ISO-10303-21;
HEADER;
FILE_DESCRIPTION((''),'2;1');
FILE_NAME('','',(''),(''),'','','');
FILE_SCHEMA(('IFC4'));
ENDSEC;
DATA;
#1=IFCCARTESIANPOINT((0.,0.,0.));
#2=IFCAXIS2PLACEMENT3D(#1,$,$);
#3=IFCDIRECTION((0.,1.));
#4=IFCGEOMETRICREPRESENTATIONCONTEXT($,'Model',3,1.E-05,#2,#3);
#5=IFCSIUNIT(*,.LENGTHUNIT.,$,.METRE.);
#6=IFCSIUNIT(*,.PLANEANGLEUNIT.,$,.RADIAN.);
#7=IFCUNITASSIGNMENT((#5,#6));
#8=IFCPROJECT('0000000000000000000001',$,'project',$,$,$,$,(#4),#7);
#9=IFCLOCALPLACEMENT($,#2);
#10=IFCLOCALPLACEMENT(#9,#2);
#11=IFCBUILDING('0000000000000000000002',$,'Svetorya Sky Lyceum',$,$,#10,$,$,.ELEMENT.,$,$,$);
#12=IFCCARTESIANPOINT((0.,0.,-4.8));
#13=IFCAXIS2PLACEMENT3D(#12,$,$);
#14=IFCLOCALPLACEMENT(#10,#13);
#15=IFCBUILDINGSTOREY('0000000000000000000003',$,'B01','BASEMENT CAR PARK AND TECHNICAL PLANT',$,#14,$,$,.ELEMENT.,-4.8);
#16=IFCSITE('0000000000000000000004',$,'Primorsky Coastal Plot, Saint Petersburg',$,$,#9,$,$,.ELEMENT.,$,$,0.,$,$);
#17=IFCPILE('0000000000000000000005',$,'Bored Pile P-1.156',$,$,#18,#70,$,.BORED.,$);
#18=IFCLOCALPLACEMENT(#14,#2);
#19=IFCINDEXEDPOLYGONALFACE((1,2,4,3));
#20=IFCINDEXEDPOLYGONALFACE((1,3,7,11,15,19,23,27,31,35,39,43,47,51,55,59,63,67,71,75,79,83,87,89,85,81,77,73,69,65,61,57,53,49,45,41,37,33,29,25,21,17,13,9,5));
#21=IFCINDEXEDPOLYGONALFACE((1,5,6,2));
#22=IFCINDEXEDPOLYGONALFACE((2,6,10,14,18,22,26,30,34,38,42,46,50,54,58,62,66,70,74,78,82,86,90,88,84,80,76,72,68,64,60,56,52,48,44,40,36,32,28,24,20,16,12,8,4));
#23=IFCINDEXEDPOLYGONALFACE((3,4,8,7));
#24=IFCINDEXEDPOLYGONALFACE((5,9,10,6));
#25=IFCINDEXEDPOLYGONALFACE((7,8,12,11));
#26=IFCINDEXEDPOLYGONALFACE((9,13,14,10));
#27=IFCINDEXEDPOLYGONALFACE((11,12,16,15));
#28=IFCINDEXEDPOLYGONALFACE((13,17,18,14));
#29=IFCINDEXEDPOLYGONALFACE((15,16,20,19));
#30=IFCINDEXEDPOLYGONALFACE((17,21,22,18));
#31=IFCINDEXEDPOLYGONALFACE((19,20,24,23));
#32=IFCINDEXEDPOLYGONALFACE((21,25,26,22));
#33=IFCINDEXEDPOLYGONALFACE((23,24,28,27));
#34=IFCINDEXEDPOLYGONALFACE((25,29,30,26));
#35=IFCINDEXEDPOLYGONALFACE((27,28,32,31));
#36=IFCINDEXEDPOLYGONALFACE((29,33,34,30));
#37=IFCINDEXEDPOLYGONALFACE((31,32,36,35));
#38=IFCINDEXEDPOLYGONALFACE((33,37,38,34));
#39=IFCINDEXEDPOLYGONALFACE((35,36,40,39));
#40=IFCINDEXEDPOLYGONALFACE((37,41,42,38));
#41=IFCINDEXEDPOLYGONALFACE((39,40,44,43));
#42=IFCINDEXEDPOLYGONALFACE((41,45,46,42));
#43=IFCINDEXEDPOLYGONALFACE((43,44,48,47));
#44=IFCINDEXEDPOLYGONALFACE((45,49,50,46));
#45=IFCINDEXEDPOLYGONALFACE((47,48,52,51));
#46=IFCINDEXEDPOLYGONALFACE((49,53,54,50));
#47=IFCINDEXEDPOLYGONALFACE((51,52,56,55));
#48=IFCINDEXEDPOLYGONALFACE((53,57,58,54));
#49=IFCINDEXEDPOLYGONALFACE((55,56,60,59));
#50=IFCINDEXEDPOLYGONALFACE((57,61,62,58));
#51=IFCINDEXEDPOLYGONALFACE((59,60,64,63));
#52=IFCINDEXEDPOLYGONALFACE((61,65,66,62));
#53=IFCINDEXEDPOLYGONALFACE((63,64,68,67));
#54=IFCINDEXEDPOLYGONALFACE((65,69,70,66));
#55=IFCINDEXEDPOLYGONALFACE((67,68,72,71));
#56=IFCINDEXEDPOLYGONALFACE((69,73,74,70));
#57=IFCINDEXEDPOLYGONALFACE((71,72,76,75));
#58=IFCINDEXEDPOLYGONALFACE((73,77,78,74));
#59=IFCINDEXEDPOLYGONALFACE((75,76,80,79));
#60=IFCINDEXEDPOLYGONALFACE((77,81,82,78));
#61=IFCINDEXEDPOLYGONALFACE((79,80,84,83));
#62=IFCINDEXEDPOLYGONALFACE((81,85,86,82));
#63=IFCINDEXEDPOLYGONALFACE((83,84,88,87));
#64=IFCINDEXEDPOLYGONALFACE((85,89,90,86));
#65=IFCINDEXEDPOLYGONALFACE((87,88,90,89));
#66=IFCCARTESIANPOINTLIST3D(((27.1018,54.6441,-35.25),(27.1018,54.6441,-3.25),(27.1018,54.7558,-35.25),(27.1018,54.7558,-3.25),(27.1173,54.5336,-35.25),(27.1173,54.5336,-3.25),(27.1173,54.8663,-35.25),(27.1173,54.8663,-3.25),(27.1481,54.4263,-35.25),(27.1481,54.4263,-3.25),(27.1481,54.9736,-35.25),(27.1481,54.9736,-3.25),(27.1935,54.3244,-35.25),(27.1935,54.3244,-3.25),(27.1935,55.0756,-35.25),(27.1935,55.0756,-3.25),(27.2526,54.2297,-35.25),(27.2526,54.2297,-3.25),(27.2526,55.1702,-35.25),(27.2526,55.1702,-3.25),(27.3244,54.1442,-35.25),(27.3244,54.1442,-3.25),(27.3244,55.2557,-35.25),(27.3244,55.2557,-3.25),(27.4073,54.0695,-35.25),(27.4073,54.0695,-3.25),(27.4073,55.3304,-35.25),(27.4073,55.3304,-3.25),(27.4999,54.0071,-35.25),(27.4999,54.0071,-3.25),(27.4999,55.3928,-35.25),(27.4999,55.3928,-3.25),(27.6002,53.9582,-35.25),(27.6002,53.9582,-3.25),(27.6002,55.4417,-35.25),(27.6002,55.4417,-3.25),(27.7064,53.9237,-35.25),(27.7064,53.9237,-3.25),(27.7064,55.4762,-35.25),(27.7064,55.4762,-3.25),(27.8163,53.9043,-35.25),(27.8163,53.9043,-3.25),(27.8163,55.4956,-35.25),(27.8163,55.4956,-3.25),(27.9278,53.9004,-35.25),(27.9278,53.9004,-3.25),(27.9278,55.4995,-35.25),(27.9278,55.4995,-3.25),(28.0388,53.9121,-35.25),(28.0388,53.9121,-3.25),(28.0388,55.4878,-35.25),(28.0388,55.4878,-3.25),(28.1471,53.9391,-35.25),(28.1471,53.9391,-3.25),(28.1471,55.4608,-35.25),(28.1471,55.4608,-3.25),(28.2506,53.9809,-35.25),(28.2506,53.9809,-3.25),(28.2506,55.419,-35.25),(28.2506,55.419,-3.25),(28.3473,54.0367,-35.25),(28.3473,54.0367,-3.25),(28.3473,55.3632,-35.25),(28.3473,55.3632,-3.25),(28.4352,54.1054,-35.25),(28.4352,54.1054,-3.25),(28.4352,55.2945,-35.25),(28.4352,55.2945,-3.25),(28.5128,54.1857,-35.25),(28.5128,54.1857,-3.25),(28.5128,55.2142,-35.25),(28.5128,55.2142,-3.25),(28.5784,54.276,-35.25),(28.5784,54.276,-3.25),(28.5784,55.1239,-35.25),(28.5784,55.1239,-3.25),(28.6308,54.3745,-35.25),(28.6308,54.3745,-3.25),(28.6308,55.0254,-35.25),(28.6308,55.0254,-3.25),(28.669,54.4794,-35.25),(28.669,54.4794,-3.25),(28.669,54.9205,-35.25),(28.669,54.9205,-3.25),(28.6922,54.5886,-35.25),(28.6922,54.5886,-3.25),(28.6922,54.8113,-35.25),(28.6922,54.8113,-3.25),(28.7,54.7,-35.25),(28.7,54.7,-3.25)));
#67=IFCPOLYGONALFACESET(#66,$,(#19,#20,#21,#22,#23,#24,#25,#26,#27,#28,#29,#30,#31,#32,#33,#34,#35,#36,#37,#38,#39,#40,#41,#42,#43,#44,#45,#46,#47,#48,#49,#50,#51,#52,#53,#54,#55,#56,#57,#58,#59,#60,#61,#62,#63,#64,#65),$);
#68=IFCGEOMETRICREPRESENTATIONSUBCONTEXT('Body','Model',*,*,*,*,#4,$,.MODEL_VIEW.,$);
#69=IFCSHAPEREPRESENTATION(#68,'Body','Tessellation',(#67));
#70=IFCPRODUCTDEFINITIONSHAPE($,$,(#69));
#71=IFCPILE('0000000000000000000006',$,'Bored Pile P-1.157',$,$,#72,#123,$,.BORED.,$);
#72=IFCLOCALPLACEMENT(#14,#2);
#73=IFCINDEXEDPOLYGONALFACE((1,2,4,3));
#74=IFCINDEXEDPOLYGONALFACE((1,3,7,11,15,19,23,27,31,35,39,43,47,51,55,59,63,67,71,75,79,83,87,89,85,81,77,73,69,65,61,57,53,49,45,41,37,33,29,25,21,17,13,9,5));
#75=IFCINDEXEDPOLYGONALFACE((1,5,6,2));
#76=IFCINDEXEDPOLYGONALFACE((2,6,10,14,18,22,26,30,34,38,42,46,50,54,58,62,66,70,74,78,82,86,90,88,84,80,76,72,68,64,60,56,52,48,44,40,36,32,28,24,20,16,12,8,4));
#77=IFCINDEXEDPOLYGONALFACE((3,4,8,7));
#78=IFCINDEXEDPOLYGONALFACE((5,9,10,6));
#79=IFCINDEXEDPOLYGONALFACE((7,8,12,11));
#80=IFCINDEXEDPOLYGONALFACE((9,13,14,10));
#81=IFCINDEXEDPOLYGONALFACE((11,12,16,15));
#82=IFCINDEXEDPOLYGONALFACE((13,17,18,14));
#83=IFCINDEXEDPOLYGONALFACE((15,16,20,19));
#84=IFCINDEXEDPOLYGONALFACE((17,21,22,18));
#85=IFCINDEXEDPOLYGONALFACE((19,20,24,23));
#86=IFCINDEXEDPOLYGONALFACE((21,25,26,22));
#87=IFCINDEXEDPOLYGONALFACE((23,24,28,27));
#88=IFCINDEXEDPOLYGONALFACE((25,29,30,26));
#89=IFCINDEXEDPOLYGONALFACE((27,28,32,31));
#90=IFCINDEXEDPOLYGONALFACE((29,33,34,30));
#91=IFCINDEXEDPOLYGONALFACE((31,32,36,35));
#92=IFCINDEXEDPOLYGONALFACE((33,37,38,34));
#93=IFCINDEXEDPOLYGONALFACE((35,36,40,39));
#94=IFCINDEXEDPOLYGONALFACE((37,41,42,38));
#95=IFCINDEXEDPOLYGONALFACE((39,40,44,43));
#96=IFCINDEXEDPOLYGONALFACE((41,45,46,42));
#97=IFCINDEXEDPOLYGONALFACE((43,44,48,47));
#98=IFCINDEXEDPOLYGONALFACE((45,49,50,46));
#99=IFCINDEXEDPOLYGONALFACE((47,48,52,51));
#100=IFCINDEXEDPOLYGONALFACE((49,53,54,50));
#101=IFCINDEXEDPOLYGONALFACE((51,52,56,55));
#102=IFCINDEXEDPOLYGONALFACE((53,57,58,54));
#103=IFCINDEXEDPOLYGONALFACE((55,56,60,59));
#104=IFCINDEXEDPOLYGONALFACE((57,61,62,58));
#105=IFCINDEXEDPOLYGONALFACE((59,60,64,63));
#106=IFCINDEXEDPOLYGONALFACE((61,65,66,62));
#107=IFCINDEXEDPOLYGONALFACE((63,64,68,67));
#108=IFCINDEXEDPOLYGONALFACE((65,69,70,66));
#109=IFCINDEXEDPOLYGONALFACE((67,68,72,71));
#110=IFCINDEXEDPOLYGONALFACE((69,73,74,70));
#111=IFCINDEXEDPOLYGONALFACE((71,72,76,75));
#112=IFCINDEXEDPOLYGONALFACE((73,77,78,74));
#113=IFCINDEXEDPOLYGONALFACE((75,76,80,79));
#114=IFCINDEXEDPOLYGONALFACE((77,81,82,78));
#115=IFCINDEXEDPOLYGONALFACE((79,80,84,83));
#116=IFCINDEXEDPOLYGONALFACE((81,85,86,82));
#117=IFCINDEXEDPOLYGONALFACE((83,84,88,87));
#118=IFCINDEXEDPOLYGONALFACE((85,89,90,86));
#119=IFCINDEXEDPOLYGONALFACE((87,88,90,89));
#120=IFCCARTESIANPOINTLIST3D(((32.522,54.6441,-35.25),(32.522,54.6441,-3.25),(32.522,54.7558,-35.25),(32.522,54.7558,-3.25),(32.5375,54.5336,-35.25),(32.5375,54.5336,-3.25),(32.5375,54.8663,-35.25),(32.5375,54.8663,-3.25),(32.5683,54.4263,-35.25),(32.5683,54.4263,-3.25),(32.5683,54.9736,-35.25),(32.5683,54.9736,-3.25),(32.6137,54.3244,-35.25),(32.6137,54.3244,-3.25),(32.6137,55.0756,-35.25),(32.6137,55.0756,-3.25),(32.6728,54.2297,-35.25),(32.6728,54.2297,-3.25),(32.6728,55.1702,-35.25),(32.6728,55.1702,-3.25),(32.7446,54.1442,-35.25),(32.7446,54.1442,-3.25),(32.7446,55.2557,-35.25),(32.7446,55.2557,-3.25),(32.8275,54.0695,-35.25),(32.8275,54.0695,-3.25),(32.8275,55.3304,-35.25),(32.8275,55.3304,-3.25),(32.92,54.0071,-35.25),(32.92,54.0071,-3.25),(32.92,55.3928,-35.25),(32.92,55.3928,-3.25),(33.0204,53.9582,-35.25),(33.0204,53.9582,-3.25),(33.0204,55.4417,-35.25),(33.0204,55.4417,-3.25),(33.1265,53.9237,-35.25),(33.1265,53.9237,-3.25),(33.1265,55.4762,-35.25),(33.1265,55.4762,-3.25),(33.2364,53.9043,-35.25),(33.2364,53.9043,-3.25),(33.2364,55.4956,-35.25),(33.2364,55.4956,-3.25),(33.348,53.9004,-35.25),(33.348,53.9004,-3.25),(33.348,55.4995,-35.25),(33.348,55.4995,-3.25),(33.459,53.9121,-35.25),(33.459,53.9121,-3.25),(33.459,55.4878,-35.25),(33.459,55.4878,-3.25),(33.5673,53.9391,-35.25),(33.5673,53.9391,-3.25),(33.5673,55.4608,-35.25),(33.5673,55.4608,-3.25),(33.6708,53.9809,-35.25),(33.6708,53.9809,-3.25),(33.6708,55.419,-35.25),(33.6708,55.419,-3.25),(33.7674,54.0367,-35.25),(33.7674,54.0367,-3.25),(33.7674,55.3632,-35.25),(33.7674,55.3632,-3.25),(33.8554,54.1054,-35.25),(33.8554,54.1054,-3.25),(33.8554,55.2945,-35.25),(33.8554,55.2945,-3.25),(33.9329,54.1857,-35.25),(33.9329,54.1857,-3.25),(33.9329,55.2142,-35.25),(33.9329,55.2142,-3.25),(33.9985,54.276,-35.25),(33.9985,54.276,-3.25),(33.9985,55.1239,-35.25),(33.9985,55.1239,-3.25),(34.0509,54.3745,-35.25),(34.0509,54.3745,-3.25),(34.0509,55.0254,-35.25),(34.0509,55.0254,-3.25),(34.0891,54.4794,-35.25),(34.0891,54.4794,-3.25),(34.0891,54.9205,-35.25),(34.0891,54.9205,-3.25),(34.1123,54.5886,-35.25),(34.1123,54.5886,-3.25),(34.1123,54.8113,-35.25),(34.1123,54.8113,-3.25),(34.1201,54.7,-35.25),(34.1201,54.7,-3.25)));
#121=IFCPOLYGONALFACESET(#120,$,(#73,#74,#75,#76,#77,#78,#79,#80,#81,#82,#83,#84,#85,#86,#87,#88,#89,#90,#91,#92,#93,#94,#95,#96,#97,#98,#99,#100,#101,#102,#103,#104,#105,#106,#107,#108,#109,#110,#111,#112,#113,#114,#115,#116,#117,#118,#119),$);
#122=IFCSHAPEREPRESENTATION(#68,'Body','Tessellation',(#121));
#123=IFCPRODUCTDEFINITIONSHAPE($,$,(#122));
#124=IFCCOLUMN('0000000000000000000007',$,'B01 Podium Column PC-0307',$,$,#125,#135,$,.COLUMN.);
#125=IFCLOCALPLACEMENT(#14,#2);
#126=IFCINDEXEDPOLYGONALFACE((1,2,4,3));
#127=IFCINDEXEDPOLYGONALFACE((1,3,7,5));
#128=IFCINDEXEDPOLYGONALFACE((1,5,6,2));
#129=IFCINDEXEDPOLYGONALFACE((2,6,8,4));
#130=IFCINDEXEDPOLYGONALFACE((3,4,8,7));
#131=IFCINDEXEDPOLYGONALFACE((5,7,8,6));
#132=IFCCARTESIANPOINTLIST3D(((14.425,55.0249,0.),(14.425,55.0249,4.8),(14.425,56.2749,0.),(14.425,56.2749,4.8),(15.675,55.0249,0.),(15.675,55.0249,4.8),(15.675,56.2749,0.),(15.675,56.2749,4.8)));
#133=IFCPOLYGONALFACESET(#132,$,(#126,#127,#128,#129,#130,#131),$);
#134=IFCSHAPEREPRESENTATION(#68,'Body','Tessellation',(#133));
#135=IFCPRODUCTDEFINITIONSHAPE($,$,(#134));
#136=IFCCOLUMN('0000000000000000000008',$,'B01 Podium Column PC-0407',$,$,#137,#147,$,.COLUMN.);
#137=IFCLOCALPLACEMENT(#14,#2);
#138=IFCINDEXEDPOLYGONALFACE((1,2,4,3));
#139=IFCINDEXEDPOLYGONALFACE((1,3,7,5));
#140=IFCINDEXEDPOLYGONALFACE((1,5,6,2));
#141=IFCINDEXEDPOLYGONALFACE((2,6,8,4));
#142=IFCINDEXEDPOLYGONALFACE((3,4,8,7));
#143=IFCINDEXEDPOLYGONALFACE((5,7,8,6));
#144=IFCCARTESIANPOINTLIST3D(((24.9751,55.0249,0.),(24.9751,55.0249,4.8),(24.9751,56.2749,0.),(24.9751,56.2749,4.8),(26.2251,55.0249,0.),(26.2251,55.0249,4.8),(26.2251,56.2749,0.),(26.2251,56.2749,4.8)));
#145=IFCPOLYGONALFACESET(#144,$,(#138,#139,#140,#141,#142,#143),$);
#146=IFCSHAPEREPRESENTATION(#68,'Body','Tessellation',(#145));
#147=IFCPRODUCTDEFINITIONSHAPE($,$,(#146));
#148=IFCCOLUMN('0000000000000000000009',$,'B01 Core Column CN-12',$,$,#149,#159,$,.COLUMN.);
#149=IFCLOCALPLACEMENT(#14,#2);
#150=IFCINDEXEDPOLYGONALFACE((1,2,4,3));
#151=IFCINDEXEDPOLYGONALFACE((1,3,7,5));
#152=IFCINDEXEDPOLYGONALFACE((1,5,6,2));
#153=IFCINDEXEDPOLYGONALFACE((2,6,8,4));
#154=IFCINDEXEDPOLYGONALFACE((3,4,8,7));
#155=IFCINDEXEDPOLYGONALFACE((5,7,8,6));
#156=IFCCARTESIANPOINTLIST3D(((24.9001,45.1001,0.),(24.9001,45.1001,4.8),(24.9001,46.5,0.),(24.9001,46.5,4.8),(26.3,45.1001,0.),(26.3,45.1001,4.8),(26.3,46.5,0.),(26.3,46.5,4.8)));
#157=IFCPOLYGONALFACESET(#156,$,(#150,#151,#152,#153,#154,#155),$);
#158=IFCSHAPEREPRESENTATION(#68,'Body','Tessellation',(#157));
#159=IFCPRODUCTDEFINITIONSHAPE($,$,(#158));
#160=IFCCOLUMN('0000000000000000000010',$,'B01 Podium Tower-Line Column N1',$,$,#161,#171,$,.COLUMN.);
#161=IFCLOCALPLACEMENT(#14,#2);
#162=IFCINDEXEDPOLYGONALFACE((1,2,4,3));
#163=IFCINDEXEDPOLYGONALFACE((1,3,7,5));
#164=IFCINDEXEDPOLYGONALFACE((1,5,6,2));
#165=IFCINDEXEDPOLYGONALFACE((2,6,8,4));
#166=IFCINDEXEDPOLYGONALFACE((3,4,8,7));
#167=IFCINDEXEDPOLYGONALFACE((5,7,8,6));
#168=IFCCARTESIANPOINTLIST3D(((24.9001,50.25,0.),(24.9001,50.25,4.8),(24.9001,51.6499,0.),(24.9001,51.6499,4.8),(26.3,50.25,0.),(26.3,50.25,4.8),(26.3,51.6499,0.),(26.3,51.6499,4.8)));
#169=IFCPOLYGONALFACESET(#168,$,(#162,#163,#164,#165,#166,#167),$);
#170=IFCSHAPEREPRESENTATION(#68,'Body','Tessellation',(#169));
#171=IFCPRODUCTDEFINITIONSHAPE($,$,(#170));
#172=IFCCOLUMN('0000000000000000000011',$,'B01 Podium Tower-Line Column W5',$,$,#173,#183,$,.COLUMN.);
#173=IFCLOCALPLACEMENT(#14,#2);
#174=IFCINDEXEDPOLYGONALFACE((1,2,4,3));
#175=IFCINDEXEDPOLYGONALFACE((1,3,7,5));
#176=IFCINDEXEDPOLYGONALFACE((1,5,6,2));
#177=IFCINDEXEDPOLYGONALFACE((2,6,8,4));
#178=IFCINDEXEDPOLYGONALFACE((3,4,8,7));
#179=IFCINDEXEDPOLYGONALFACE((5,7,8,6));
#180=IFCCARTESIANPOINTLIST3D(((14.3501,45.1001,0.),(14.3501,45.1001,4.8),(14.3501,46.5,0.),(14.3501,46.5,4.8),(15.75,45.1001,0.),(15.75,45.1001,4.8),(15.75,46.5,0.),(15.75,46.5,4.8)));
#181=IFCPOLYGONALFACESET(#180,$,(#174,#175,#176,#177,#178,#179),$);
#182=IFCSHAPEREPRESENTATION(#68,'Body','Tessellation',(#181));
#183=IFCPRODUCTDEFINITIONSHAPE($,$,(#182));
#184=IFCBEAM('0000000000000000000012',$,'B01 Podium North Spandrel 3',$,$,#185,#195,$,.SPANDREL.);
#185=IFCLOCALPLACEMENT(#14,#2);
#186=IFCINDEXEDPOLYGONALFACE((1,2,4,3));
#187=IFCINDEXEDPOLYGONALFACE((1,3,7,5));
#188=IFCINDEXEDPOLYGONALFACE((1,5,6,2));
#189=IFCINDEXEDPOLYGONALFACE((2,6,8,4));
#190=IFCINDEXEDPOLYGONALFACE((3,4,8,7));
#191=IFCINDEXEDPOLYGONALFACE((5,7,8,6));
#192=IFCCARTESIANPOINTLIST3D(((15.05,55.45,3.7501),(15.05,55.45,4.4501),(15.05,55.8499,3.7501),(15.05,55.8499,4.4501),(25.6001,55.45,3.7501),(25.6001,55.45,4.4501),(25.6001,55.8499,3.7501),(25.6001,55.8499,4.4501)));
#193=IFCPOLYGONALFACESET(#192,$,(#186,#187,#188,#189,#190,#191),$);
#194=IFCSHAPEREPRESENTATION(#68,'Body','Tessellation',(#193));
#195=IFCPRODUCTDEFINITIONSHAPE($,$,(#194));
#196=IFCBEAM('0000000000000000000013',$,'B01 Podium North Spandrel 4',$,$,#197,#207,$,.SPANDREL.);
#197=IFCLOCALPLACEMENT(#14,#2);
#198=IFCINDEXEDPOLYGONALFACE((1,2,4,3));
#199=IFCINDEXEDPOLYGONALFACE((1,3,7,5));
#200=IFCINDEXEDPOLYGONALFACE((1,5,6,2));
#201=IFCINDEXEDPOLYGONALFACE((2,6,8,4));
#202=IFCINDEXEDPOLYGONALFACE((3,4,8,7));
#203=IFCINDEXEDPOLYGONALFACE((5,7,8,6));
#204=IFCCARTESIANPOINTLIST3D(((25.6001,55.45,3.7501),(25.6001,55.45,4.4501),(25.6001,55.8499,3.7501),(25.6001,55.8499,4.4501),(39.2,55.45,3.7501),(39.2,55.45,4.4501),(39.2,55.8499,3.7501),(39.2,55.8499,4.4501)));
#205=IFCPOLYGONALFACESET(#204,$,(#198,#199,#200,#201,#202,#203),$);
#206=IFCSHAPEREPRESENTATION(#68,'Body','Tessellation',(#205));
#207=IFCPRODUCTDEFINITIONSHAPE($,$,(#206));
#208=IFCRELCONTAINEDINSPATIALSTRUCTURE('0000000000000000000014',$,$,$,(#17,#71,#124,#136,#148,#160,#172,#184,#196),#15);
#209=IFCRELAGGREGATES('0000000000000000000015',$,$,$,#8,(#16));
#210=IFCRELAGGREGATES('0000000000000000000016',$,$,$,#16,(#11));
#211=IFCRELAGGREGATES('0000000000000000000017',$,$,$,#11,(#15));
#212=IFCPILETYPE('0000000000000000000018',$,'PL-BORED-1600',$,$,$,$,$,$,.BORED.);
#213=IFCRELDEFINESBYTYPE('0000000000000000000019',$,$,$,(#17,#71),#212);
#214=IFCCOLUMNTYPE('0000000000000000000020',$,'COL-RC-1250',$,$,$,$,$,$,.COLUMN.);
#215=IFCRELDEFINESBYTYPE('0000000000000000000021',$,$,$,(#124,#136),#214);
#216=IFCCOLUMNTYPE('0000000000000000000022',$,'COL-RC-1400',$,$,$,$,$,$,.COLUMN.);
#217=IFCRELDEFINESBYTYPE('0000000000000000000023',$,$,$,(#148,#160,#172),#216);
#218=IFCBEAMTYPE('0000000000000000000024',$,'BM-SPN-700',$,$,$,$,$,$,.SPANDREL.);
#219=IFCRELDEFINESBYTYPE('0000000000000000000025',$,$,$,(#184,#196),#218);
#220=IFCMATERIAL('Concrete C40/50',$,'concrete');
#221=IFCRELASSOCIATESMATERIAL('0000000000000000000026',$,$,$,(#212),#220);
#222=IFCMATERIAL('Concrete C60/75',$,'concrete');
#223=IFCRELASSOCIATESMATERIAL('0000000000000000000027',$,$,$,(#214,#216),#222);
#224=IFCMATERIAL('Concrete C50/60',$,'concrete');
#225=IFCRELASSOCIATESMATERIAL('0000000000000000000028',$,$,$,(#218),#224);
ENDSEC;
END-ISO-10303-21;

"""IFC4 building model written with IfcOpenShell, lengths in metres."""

from ifc_helpers import new_model, si_unit, direction, frame, origin, origin_2d, place, context, subcontext, project, spatial, rectangle, circle, extrude, material, material_profile, profile_set, type_object, element, save


model = new_model("IFC4")

# Units and contexts
model_context = context("Model", 3, precision=1e-05, world=origin(), true_north=direction((0.0, 1.0)))
body_context = subcontext(model_context, "Body", "Model", "MODEL_VIEW")
ifc_project = project(units=[si_unit("LENGTHUNIT", "METRE"), si_unit("PLANEANGLEUNIT", "RADIAN")], contexts=[model_context])

# Site, building, storey
site_placement = place(None, origin())
site = spatial("IfcSite", under=ifc_project, at=site_placement, Name="Primorsky Coastal Plot, Saint Petersburg", CompositionType="ELEMENT", RefElevation=0.0)
building_placement = place(site_placement, origin())
building = spatial("IfcBuilding", under=site, at=building_placement, Name="Svetorya Sky Lyceum", CompositionType="ELEMENT")
storey_placement = place(building_placement, frame((0.0, 0.0, -4.8)))
storey = spatial("IfcBuildingStorey", under=building, at=storey_placement, Name="B01", Description="BASEMENT CAR PARK AND TECHNICAL PLANT", CompositionType="ELEMENT", Elevation=-4.8)

# Piles
ifc_material_1 = material(Name="Concrete C40/50", Category="concrete")
ifc_material_profile_1 = material_profile(ifc_material_1, circle(Radius=0.8, at=origin_2d()), Name="RC PILE D1600")
ifc_profile_set_1 = profile_set([ifc_material_profile_1], Name="Concrete C40/50")
pile_type = type_object("IfcPileType", Name="PL-BORED-1600", PredefinedType="BORED", material=ifc_profile_set_1)
for number, where, z_axis, x_axis, name in (
    (1, (27.8999, 54.7, -3.25), (0.0, 0.0, -1.0), (1.0, 0.0, 0.0), "Bored Pile P-1.156"),
    (2, (33.3201, 54.7, -3.25), (0.0, 0.0, -1.0), (1.0, 0.0, 0.0), "Bored Pile P-1.157"),
):
    element("IfcPile", number, at=place(storey_placement, frame(where, z_axis=z_axis, x_axis=x_axis)), inside=storey, type_object=pile_type, Name=name, PredefinedType="BORED", context=body_context, shape_type="SweptSolid", body=[
        extrude(circle(Radius=0.8, at=origin_2d()), origin(), (0.0, 0.0, 1.0), 32.0),
    ])

# Columns
ifc_material_2 = material(Name="Concrete C60/75", Category="concrete")
ifc_material_profile_2 = material_profile(ifc_material_2, rectangle(XDim=1.25, YDim=1.25, at=origin_2d()), Name="RC COL 1250x1250")
ifc_profile_set_2 = profile_set([ifc_material_profile_2], Name="Concrete C60/75")
column_type_1 = type_object("IfcColumnType", Name="COL-RC-1250", PredefinedType="COLUMN", material=ifc_profile_set_2)
for number, where, z_axis, x_axis, name in (
    (3, (15.05, 55.6499, 0.0), (0.0, 0.0, 1.0), (1.0, 0.0, 0.0), "B01 Podium Column PC-0307"),
    (4, (25.6001, 55.6499, 0.0), (0.0, 0.0, 1.0), (1.0, 0.0, 0.0), "B01 Podium Column PC-0407"),
):
    element("IfcColumn", number, at=place(storey_placement, frame(where, z_axis=z_axis, x_axis=x_axis)), inside=storey, type_object=column_type_1, Name=name, PredefinedType="COLUMN", context=body_context, shape_type="SweptSolid", body=[
        extrude(rectangle(XDim=1.25, YDim=1.25, at=origin_2d()), origin(), (0.0, 0.0, 1.0), 4.8),
    ])
ifc_material_profile_3 = material_profile(ifc_material_2, rectangle(XDim=1.3999, YDim=1.3999, at=origin_2d()), Name="RC COL 1400x1400")
ifc_profile_set_3 = profile_set([ifc_material_profile_3], Name="Concrete C60/75")
column_type_2 = type_object("IfcColumnType", Name="COL-RC-1400", PredefinedType="COLUMN", material=ifc_profile_set_3)
for number, where, z_axis, x_axis, name in (
    (5, (25.6001, 45.8, 0.0), (0.0, 0.0, 1.0), (1.0, 0.0, 0.0), "B01 Core Column CN-12"),
    (6, (25.6001, 50.95, 0.0), (0.0, 0.0, 1.0), (1.0, 0.0, 0.0), "B01 Podium Tower-Line Column N1"),
    (7, (15.05, 45.8, 0.0), (0.0, 0.0, 1.0), (1.0, 0.0, 0.0), "B01 Podium Tower-Line Column W5"),
):
    element("IfcColumn", number, at=place(storey_placement, frame(where, z_axis=z_axis, x_axis=x_axis)), inside=storey, type_object=column_type_2, Name=name, PredefinedType="COLUMN", context=body_context, shape_type="SweptSolid", body=[
        extrude(rectangle(XDim=1.3999, YDim=1.3999, at=origin_2d()), origin(), (0.0, 0.0, 1.0), 4.8),
    ])

# Beams
ifc_material_3 = material(Name="Concrete C50/60", Category="concrete")
ifc_material_profile_4 = material_profile(ifc_material_3, rectangle(XDim=0.3999, YDim=0.7, at=origin_2d()), Name="RC SPANDREL 400x700")
ifc_profile_set_4 = profile_set([ifc_material_profile_4], Name="Concrete C50/60")
beam_type = type_object("IfcBeamType", Name="BM-SPN-700", PredefinedType="SPANDREL", material=ifc_profile_set_4)
beam_1_placement = place(storey_placement, frame((15.05, 55.6499, 4.1001), z_axis=(1.0, 0.0, 0.0), x_axis=(0.0, 1.0, 0.0)))
element("IfcBeam", 8, at=beam_1_placement, inside=storey, type_object=beam_type, Name="B01 Podium North Spandrel 3", PredefinedType="SPANDREL", context=body_context, shape_type="SweptSolid", body=[
    extrude(rectangle(XDim=0.3999, YDim=0.7, at=origin_2d()), origin(), (0.0, 0.0, 1.0), 10.55),
])
beam_2_placement = place(storey_placement, frame((25.6001, 55.6499, 4.1001), z_axis=(1.0, 0.0, 0.0), x_axis=(0.0, 1.0, 0.0)))
element("IfcBeam", 9, at=beam_2_placement, inside=storey, type_object=beam_type, Name="B01 Podium North Spandrel 4", PredefinedType="SPANDREL", context=body_context, shape_type="SweptSolid", body=[
    extrude(rectangle(XDim=0.3999, YDim=0.7, at=origin_2d()), origin(), (0.0, 0.0, 1.0), 13.5999),
])

save(model, "model.ifc")
